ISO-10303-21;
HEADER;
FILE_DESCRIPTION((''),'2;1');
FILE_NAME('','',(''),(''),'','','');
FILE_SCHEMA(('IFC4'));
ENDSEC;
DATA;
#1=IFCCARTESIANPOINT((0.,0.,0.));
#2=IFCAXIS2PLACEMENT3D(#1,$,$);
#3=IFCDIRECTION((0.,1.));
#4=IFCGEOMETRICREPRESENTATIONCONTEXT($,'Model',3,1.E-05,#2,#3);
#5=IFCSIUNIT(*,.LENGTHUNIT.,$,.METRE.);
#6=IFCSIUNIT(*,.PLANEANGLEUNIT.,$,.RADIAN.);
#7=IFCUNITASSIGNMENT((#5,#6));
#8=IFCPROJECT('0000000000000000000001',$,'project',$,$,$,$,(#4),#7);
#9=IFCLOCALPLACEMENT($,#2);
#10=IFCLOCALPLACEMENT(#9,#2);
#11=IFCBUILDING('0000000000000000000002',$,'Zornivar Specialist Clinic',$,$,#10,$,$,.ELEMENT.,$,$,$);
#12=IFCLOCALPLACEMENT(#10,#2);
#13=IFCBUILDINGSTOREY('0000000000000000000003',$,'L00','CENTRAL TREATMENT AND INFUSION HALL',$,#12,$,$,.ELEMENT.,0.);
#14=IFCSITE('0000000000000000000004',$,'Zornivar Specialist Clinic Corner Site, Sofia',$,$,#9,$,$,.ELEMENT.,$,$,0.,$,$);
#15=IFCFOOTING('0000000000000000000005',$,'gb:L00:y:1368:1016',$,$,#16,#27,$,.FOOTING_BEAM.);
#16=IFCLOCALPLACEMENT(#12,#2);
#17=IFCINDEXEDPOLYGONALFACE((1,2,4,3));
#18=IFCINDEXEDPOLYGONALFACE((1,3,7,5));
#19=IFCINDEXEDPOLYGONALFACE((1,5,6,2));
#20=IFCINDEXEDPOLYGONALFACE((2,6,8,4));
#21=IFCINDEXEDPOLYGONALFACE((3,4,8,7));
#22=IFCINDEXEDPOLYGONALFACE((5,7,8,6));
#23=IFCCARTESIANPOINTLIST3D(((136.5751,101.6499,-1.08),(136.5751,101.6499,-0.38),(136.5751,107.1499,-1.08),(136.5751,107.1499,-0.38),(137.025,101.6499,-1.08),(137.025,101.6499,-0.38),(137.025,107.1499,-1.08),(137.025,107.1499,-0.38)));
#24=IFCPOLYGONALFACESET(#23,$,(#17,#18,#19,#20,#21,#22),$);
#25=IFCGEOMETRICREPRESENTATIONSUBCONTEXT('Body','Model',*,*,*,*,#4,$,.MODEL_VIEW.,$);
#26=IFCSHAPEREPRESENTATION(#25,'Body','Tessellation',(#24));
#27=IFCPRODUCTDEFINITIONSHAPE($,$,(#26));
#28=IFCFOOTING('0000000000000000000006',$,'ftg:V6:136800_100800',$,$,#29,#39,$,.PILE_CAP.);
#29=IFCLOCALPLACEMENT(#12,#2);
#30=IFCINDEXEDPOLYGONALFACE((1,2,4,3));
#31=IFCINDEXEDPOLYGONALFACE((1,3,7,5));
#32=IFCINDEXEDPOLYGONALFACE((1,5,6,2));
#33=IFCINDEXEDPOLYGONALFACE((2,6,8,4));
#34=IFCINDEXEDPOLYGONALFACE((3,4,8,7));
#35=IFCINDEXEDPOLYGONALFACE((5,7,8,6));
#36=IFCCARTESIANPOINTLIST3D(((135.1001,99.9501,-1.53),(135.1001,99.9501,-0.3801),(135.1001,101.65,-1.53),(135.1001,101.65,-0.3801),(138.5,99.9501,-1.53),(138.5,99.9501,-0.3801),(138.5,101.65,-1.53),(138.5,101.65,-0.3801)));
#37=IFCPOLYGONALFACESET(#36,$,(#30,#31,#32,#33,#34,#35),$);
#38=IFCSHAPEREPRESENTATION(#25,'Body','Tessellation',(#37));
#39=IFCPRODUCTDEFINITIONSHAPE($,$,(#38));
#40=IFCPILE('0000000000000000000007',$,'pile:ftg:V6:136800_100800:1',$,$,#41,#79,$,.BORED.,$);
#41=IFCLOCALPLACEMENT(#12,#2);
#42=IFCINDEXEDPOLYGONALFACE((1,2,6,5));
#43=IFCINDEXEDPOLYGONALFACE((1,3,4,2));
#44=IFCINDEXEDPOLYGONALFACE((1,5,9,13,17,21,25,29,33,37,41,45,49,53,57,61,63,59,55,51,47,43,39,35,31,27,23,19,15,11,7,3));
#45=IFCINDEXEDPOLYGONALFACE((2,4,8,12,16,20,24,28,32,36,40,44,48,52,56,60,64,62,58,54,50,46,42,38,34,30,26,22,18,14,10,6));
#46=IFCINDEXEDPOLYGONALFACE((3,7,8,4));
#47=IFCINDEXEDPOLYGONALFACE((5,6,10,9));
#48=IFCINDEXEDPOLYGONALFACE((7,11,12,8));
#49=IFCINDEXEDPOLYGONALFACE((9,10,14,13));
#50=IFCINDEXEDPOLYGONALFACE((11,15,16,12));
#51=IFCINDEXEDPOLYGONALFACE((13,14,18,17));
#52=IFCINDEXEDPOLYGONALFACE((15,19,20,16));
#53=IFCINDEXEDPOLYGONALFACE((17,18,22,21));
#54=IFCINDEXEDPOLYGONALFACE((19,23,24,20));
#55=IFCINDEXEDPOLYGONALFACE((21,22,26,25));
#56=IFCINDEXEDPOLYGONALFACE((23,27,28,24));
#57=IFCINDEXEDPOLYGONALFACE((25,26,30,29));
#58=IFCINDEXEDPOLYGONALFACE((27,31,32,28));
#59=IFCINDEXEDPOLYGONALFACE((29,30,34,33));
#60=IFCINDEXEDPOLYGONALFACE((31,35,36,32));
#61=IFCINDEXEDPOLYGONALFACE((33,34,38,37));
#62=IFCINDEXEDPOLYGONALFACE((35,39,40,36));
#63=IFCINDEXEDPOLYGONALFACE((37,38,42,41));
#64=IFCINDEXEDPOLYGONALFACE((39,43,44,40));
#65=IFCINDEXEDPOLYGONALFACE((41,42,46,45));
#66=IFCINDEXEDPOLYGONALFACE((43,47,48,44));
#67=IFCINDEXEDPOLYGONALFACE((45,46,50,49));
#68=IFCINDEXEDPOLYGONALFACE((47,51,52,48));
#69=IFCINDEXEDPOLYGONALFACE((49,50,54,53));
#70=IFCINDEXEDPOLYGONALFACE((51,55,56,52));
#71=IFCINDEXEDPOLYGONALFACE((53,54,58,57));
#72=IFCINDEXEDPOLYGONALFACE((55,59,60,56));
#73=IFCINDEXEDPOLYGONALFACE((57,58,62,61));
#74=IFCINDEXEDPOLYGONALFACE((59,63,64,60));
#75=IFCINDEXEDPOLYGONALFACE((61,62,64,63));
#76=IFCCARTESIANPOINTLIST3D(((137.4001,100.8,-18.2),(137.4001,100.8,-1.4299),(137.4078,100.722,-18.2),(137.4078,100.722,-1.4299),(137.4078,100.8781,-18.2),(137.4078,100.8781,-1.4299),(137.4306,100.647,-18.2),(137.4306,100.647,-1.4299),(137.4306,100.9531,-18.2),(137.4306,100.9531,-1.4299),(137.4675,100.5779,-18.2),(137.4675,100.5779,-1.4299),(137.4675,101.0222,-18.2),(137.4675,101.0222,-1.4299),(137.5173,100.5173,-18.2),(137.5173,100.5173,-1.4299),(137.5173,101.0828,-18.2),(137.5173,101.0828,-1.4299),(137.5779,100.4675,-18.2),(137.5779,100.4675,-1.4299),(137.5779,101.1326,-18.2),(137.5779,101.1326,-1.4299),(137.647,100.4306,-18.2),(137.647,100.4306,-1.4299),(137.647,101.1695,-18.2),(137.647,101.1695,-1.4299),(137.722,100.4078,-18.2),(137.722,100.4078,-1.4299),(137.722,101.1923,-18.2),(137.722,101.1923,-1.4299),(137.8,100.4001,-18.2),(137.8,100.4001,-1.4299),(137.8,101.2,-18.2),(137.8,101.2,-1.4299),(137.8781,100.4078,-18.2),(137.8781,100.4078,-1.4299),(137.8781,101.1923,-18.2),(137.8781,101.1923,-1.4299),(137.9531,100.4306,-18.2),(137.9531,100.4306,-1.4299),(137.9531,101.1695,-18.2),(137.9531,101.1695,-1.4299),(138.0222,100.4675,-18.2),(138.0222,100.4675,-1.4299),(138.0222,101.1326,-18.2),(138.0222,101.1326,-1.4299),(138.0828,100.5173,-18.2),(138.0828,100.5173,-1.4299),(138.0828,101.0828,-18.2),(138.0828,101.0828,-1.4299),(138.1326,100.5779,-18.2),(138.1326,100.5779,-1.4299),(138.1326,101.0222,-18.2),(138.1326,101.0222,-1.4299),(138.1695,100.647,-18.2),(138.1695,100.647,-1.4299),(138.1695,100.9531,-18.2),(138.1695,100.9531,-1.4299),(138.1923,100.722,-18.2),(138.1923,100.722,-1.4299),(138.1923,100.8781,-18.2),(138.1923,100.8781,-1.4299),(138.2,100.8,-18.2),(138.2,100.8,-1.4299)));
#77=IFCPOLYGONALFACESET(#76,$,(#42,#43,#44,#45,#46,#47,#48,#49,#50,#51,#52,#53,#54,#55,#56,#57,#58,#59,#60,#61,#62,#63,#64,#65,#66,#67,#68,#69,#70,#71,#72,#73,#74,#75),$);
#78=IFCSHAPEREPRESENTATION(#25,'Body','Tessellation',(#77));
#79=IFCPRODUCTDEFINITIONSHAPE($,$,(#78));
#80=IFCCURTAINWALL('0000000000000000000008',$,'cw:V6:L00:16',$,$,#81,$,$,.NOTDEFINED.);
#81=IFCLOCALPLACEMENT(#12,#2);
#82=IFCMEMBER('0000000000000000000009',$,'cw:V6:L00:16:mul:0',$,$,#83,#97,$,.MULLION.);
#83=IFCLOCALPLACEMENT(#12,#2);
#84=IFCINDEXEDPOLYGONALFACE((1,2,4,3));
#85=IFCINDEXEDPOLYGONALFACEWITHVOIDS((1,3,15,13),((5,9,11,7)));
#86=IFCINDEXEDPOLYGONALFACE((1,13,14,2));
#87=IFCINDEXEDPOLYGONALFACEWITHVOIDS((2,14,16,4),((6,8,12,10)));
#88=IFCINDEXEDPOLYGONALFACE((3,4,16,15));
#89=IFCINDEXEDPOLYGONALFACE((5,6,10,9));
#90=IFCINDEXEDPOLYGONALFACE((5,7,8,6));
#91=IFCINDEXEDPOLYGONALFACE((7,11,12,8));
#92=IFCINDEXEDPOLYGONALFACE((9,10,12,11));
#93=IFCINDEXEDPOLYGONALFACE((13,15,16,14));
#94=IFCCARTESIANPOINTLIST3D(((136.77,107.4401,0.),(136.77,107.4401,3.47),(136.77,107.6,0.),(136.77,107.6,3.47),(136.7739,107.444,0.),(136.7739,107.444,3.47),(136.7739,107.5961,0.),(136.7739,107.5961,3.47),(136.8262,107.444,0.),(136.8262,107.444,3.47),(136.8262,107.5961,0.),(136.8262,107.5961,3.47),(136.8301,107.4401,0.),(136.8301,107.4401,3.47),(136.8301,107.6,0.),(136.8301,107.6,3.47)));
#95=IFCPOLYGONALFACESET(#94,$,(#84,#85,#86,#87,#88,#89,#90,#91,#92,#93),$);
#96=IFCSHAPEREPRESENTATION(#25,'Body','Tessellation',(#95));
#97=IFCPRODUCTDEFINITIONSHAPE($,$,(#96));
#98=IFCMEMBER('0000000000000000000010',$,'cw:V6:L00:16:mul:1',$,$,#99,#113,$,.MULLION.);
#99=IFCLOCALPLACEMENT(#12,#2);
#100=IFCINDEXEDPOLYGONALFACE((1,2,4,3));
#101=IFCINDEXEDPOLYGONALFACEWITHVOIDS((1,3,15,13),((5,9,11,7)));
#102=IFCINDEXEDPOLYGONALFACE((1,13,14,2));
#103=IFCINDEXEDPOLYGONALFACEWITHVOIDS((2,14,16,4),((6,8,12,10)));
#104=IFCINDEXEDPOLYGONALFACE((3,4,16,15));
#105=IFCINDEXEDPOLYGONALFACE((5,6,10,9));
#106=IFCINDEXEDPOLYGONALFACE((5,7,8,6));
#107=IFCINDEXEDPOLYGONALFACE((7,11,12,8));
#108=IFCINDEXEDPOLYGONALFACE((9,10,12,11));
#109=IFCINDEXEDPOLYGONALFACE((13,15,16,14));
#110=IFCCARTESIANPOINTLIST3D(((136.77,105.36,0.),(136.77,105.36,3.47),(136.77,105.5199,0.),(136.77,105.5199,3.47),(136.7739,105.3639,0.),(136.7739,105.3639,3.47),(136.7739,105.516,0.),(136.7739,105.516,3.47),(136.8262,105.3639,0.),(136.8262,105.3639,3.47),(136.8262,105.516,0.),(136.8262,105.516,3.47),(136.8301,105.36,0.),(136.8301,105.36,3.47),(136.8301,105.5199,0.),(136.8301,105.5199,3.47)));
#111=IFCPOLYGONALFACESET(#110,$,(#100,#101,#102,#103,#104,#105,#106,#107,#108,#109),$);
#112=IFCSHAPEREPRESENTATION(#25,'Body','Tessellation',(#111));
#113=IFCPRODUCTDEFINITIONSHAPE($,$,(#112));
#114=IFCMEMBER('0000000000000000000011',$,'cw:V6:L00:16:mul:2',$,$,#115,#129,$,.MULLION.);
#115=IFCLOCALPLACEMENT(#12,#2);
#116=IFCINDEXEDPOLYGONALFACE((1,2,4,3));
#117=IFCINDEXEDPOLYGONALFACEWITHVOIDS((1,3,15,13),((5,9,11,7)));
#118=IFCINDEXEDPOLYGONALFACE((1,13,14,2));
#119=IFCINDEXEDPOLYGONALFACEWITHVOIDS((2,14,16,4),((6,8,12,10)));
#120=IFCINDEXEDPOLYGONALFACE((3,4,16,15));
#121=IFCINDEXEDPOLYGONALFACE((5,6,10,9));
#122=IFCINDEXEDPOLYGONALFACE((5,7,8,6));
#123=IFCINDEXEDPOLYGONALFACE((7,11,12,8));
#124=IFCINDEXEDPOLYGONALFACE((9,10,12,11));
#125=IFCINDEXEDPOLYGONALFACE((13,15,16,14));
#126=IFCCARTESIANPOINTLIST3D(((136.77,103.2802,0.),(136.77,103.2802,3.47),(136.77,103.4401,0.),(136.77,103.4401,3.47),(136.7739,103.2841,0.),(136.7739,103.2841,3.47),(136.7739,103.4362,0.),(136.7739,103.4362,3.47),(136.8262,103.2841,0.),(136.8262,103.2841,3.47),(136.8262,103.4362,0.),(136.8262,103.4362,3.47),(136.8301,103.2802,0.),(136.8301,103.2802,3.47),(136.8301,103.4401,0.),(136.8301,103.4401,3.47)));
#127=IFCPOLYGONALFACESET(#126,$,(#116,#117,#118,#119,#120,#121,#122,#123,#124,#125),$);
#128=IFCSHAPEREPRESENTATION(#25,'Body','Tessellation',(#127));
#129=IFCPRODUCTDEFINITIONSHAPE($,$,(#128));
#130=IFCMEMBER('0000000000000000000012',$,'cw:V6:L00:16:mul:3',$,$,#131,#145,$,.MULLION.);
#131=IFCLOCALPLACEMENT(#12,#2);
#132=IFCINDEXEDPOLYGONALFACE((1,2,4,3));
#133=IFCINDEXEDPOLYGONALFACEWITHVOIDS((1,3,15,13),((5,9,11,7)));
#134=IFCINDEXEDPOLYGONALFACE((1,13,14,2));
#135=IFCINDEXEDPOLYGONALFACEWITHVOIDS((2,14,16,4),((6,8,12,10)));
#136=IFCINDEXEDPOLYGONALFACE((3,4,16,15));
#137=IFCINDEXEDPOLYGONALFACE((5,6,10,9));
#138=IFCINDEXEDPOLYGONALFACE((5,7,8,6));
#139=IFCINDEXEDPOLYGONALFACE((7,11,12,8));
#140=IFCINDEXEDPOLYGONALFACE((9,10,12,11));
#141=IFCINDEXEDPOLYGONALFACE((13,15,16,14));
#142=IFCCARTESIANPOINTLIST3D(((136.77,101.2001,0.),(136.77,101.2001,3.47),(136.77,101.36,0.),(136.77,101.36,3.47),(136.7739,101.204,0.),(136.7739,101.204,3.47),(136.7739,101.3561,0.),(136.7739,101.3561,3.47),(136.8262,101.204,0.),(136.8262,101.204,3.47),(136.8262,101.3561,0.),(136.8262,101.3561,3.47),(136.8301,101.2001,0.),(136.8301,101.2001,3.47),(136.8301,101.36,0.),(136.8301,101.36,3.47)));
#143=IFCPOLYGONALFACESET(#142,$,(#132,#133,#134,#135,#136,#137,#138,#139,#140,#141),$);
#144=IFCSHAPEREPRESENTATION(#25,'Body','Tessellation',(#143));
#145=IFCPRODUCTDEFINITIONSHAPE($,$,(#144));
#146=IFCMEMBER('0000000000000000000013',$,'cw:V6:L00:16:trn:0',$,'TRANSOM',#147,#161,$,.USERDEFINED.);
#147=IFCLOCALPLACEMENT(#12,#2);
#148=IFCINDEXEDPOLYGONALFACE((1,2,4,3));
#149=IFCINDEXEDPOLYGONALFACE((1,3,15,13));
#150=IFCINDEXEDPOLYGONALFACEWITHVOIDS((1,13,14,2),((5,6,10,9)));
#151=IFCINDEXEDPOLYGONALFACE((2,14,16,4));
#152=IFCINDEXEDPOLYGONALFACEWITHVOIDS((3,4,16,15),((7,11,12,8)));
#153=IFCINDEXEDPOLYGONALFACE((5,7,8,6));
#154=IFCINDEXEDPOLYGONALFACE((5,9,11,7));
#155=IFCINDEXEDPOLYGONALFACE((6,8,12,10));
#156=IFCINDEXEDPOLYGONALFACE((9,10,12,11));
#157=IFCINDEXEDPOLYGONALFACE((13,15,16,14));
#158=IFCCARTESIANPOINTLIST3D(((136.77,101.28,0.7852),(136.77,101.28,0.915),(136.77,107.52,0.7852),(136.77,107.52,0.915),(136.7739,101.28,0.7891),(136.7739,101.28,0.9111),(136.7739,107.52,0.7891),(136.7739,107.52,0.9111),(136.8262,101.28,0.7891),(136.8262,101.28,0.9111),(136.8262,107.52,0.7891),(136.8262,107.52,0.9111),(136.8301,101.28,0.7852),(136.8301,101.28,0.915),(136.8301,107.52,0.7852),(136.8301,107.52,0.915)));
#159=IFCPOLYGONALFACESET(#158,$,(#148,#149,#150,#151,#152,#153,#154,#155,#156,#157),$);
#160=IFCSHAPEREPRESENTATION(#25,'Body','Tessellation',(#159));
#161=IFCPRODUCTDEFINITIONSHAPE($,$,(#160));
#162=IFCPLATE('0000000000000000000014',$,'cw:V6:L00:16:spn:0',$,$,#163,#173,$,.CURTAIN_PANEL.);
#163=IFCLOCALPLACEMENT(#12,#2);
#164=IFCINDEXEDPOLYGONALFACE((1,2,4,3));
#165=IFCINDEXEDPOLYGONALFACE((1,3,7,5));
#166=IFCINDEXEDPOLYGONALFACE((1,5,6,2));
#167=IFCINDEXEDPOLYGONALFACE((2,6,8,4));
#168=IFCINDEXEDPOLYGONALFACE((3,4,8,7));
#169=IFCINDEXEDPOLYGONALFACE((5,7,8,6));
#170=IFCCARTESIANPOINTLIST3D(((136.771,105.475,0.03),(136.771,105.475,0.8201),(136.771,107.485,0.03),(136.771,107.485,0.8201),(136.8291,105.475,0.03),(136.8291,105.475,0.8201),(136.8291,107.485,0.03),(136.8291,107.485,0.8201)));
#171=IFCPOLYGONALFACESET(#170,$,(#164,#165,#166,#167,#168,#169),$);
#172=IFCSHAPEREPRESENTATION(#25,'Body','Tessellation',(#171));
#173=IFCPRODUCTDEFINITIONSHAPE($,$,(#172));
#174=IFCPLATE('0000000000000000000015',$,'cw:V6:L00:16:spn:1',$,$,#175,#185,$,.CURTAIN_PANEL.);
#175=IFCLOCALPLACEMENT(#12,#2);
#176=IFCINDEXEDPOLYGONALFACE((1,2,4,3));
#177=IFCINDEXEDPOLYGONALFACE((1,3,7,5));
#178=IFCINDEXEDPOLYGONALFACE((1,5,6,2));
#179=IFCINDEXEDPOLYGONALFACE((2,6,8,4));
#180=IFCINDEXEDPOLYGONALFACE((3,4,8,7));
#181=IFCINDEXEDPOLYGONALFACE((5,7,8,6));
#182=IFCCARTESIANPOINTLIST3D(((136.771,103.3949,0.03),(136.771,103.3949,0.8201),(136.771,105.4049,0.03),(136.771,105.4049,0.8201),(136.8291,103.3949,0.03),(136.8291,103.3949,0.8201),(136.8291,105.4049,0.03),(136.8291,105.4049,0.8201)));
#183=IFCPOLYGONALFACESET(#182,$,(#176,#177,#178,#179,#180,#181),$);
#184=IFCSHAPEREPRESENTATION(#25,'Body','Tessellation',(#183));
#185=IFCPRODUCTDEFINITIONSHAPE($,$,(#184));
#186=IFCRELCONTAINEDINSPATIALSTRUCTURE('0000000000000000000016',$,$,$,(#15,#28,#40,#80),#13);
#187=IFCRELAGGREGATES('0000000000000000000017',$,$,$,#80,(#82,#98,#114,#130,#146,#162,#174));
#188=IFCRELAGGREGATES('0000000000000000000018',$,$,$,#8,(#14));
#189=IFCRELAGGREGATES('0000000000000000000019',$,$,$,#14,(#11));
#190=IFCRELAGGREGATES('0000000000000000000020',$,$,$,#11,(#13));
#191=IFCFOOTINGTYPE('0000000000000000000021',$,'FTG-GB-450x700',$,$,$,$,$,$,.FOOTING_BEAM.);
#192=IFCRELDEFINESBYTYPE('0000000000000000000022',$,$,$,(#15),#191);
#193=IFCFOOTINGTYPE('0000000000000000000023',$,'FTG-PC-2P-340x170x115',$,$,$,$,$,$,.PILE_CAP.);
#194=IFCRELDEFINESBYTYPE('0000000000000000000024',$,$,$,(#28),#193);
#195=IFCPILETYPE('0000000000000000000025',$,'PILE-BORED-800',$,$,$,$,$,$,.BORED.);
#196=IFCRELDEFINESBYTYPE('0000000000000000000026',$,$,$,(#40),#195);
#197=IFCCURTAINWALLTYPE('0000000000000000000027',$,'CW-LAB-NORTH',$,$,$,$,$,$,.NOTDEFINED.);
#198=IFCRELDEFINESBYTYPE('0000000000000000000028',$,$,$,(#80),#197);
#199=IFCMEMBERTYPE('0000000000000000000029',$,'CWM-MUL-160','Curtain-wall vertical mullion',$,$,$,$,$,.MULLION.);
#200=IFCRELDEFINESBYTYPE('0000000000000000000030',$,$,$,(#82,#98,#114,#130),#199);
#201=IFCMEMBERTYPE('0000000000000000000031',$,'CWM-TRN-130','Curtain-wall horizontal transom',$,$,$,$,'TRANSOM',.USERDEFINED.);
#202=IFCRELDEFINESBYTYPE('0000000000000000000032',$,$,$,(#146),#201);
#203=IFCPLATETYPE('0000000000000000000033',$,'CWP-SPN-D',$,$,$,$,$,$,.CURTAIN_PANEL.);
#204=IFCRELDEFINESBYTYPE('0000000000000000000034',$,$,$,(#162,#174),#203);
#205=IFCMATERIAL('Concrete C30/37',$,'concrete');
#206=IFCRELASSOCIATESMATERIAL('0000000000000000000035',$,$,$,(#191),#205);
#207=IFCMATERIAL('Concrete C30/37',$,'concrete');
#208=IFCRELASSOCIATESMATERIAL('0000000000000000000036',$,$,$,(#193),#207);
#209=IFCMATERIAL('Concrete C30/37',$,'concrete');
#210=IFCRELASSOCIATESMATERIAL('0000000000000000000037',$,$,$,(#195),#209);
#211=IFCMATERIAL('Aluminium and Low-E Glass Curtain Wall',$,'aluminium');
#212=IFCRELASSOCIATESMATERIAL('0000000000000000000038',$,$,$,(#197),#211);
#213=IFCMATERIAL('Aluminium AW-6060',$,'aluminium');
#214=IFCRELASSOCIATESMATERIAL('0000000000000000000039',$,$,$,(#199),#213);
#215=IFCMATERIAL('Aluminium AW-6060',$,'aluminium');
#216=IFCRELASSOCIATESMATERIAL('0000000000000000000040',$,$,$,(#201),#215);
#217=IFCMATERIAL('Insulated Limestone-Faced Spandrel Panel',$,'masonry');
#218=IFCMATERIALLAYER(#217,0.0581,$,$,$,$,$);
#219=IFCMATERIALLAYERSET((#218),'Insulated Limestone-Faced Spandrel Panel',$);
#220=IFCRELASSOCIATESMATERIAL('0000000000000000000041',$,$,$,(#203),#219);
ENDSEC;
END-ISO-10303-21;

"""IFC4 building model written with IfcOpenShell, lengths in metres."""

from ifc_helpers import new_model, si_unit, direction, frame, origin, origin_2d, place, context, subcontext, project, spatial, rectangle, hollow_rectangle, circle, extrude, material, layer, layer_set, material_profile, profile_set, type_object, element, aggregate, save


model = new_model("IFC4")

# Units and contexts
model_context = context("Model", 3, precision=1e-05, world=origin(), true_north=direction((0.0, 1.0)))
body_context = subcontext(model_context, "Body", "Model", "MODEL_VIEW")
ifc_project = project(units=[si_unit("LENGTHUNIT", "METRE"), si_unit("PLANEANGLEUNIT", "RADIAN")], contexts=[model_context])

# Site, building, storey
site_placement = place(None, origin())
site = spatial("IfcSite", under=ifc_project, at=site_placement, Name="Zornivar Specialist Clinic Corner Site, Sofia", CompositionType="ELEMENT", RefElevation=0.0)
building_placement = place(site_placement, origin())
building = spatial("IfcBuilding", under=site, at=building_placement, Name="Zornivar Specialist Clinic", CompositionType="ELEMENT")
storey_placement = place(building_placement, origin())
storey = spatial("IfcBuildingStorey", under=building, at=storey_placement, Name="L00", Description="CENTRAL TREATMENT AND INFUSION HALL", CompositionType="ELEMENT", Elevation=0.0)

# Footings
ifc_material_1 = material(Name="Concrete C30/37", Category="concrete")
ifc_material_profile_1 = material_profile(ifc_material_1, rectangle(XDim=0.45, YDim=0.7, at=origin_2d()), Name="RC 450x700")
ifc_profile_set_1 = profile_set([ifc_material_profile_1], Name="Concrete C30/37")
footing_type_1 = type_object("IfcFootingType", Name="FTG-GB-450x700", PredefinedType="FOOTING_BEAM", material=ifc_profile_set_1)
footing_1_placement = place(storey_placement, frame((136.8, 101.6499, -0.73), z_axis=(0.0, 1.0, 0.0), x_axis=(-1.0, 0.0, 0.0)))
element("IfcFooting", 1, at=footing_1_placement, inside=storey, type_object=footing_type_1, Name="gb:L00:y:1368:1016", PredefinedType="FOOTING_BEAM", context=body_context, shape_type="SweptSolid", body=[
    extrude(rectangle(XDim=0.45, YDim=0.7, at=origin_2d()), origin(), (0.0, 0.0, 1.0), 5.5),
])
ifc_material_2 = material(Name="Concrete C30/37", Category="concrete")
footing_type_2 = type_object("IfcFootingType", Name="FTG-PC-2P-340x170x115", PredefinedType="PILE_CAP", material=ifc_material_2)
footing_2_placement = place(storey_placement, frame((136.8, 100.8, -1.53), z_axis=(0.0, 0.0, 1.0), x_axis=(1.0, 0.0, 0.0)))
element("IfcFooting", 2, at=footing_2_placement, inside=storey, type_object=footing_type_2, Name="ftg:V6:136800_100800", PredefinedType="PILE_CAP", context=body_context, shape_type="SweptSolid", body=[
    extrude(rectangle(XDim=3.3999, YDim=1.7, at=origin_2d()), origin(), (0.0, 0.0, 1.0), 1.1499),
])

# Pile
ifc_material_3 = material(Name="Concrete C30/37", Category="concrete")
ifc_material_profile_2 = material_profile(ifc_material_3, circle(Radius=0.3999, at=origin_2d()), Name="PILE D800")
ifc_profile_set_2 = profile_set([ifc_material_profile_2], Name="Concrete C30/37")
pile_type = type_object("IfcPileType", Name="PILE-BORED-800", PredefinedType="BORED", material=ifc_profile_set_2)
pile_placement = place(storey_placement, frame((137.8, 100.8, -1.4299), z_axis=(0.0, 0.0, -1.0), x_axis=(1.0, 0.0, 0.0)))
element("IfcPile", 3, at=pile_placement, inside=storey, type_object=pile_type, Name="pile:ftg:V6:136800_100800:1", PredefinedType="BORED", context=body_context, shape_type="SweptSolid", body=[
    extrude(circle(Radius=0.3999, at=origin_2d()), origin(), (0.0, 0.0, 1.0), 16.77),
])

# Curtain wall, members, plates
ifc_material_4 = material(Name="Aluminium and Low-E Glass Curtain Wall", Category="aluminium")
curtain_wall_type = type_object("IfcCurtainWallType", Name="CW-LAB-NORTH", PredefinedType="NOTDEFINED", material=ifc_material_4)
curtain_wall_placement = place(storey_placement, origin())
curtain_wall = element("IfcCurtainWall", 4, at=curtain_wall_placement, inside=storey, type_object=curtain_wall_type, Name="cw:V6:L00:16", PredefinedType="NOTDEFINED")
ifc_material_5 = material(Name="Aluminium AW-6060", Category="aluminium")
ifc_material_profile_3 = material_profile(ifc_material_5, hollow_rectangle(XDim=0.0601, YDim=0.1599, WallThickness=0.0039, at=origin_2d()), Name="ALU 60x160x4")
ifc_profile_set_3 = profile_set([ifc_material_profile_3], Name="Aluminium AW-6060")
member_type_1 = type_object("IfcMemberType", Name="CWM-MUL-160", Description="Curtain-wall vertical mullion", PredefinedType="MULLION", material=ifc_profile_set_3)
member_1_placement = place(storey_placement, frame((136.8, 107.52, 0.0), z_axis=(0.0, 0.0, 1.0), x_axis=(1.0, 0.0, 0.0)))
member_1 = element("IfcMember", 5, at=member_1_placement, type_object=member_type_1, Name="cw:V6:L00:16:mul:0", PredefinedType="MULLION", context=body_context, shape_type="SweptSolid", body=[
    extrude(hollow_rectangle(XDim=0.0601, YDim=0.1599, WallThickness=0.0039, at=origin_2d()), origin(), (0.0, 0.0, 1.0), 3.47),
])
member_2_placement = place(storey_placement, frame((136.8, 105.4399, 0.0), z_axis=(0.0, 0.0, 1.0), x_axis=(1.0, 0.0, 0.0)))
member_2 = element("IfcMember", 6, at=member_2_placement, type_object=member_type_1, Name="cw:V6:L00:16:mul:1", PredefinedType="MULLION", context=body_context, shape_type="SweptSolid", body=[
    extrude(hollow_rectangle(XDim=0.0601, YDim=0.1599, WallThickness=0.0039, at=origin_2d()), origin(), (0.0, 0.0, 1.0), 3.47),
])
member_3_placement = place(storey_placement, frame((136.8, 103.3601, 0.0), z_axis=(0.0, 0.0, 1.0), x_axis=(1.0, 0.0, 0.0)))
member_3 = element("IfcMember", 7, at=member_3_placement, type_object=member_type_1, Name="cw:V6:L00:16:mul:2", PredefinedType="MULLION", context=body_context, shape_type="SweptSolid", body=[
    extrude(hollow_rectangle(XDim=0.0601, YDim=0.1599, WallThickness=0.0039, at=origin_2d()), origin(), (0.0, 0.0, 1.0), 3.47),
])
member_4_placement = place(storey_placement, frame((136.8, 101.28, 0.0), z_axis=(0.0, 0.0, 1.0), x_axis=(1.0, 0.0, 0.0)))
member_4 = element("IfcMember", 8, at=member_4_placement, type_object=member_type_1, Name="cw:V6:L00:16:mul:3", PredefinedType="MULLION", context=body_context, shape_type="SweptSolid", body=[
    extrude(hollow_rectangle(XDim=0.0601, YDim=0.1599, WallThickness=0.0039, at=origin_2d()), origin(), (0.0, 0.0, 1.0), 3.47),
])
ifc_material_6 = material(Name="Aluminium AW-6060", Category="aluminium")
ifc_material_profile_4 = material_profile(ifc_material_6, hollow_rectangle(XDim=0.0601, YDim=0.1299, WallThickness=0.0039, at=origin_2d()), Name="ALU 60x130x4")
ifc_profile_set_4 = profile_set([ifc_material_profile_4], Name="Aluminium AW-6060")
member_type_2 = type_object("IfcMemberType", Name="CWM-TRN-130", Description="Curtain-wall horizontal transom", ElementType="TRANSOM", PredefinedType="USERDEFINED", material=ifc_profile_set_4)
member_5_placement = place(storey_placement, frame((136.8, 107.52, 0.8501), z_axis=(0.0, -1.0, 0.0), x_axis=(1.0, 0.0, 0.0)))
member_5 = element("IfcMember", 9, at=member_5_placement, type_object=member_type_2, Name="cw:V6:L00:16:trn:0", ObjectType="TRANSOM", PredefinedType="USERDEFINED", context=body_context, shape_type="SweptSolid", body=[
    extrude(hollow_rectangle(XDim=0.0601, YDim=0.1299, WallThickness=0.0039, at=origin_2d()), origin(), (0.0, 0.0, 1.0), 6.24),
])
ifc_material_7 = material(Name="Insulated Limestone-Faced Spandrel Panel", Category="masonry")
ifc_layer_1 = layer(ifc_material_7, 0.0581)
ifc_layer_set_1 = layer_set([ifc_layer_1], Name="Insulated Limestone-Faced Spandrel Panel")
plate_type_1 = type_object("IfcPlateType", Name="CWP-SPN-D", PredefinedType="CURTAIN_PANEL", material=ifc_layer_set_1)
plate_1_placement = place(storey_placement, frame((136.8, 106.48, 0.03), z_axis=(0.0, 0.0, 1.0), x_axis=(0.0, -1.0, 0.0)))
plate_1 = element("IfcPlate", 10, at=plate_1_placement, type_object=plate_type_1, Name="cw:V6:L00:16:spn:0", PredefinedType="CURTAIN_PANEL", context=body_context, shape_type="SweptSolid", body=[
    extrude(rectangle(XDim=2.01, YDim=0.0581, at=origin_2d()), origin(), (0.0, 0.0, 1.0), 0.79),
])
plate_2_placement = place(storey_placement, frame((136.8, 104.3999, 0.03), z_axis=(0.0, 0.0, 1.0), x_axis=(0.0, -1.0, 0.0)))
plate_2 = element("IfcPlate", 11, at=plate_2_placement, type_object=plate_type_1, Name="cw:V6:L00:16:spn:1", PredefinedType="CURTAIN_PANEL", context=body_context, shape_type="SweptSolid", body=[
    extrude(rectangle(XDim=2.01, YDim=0.0581, at=origin_2d()), origin(), (0.0, 0.0, 1.0), 0.79),
])
aggregate(curtain_wall, [member_1, member_2, member_3, member_4, member_5, plate_1, plate_2])

save(model, "model.ifc")
